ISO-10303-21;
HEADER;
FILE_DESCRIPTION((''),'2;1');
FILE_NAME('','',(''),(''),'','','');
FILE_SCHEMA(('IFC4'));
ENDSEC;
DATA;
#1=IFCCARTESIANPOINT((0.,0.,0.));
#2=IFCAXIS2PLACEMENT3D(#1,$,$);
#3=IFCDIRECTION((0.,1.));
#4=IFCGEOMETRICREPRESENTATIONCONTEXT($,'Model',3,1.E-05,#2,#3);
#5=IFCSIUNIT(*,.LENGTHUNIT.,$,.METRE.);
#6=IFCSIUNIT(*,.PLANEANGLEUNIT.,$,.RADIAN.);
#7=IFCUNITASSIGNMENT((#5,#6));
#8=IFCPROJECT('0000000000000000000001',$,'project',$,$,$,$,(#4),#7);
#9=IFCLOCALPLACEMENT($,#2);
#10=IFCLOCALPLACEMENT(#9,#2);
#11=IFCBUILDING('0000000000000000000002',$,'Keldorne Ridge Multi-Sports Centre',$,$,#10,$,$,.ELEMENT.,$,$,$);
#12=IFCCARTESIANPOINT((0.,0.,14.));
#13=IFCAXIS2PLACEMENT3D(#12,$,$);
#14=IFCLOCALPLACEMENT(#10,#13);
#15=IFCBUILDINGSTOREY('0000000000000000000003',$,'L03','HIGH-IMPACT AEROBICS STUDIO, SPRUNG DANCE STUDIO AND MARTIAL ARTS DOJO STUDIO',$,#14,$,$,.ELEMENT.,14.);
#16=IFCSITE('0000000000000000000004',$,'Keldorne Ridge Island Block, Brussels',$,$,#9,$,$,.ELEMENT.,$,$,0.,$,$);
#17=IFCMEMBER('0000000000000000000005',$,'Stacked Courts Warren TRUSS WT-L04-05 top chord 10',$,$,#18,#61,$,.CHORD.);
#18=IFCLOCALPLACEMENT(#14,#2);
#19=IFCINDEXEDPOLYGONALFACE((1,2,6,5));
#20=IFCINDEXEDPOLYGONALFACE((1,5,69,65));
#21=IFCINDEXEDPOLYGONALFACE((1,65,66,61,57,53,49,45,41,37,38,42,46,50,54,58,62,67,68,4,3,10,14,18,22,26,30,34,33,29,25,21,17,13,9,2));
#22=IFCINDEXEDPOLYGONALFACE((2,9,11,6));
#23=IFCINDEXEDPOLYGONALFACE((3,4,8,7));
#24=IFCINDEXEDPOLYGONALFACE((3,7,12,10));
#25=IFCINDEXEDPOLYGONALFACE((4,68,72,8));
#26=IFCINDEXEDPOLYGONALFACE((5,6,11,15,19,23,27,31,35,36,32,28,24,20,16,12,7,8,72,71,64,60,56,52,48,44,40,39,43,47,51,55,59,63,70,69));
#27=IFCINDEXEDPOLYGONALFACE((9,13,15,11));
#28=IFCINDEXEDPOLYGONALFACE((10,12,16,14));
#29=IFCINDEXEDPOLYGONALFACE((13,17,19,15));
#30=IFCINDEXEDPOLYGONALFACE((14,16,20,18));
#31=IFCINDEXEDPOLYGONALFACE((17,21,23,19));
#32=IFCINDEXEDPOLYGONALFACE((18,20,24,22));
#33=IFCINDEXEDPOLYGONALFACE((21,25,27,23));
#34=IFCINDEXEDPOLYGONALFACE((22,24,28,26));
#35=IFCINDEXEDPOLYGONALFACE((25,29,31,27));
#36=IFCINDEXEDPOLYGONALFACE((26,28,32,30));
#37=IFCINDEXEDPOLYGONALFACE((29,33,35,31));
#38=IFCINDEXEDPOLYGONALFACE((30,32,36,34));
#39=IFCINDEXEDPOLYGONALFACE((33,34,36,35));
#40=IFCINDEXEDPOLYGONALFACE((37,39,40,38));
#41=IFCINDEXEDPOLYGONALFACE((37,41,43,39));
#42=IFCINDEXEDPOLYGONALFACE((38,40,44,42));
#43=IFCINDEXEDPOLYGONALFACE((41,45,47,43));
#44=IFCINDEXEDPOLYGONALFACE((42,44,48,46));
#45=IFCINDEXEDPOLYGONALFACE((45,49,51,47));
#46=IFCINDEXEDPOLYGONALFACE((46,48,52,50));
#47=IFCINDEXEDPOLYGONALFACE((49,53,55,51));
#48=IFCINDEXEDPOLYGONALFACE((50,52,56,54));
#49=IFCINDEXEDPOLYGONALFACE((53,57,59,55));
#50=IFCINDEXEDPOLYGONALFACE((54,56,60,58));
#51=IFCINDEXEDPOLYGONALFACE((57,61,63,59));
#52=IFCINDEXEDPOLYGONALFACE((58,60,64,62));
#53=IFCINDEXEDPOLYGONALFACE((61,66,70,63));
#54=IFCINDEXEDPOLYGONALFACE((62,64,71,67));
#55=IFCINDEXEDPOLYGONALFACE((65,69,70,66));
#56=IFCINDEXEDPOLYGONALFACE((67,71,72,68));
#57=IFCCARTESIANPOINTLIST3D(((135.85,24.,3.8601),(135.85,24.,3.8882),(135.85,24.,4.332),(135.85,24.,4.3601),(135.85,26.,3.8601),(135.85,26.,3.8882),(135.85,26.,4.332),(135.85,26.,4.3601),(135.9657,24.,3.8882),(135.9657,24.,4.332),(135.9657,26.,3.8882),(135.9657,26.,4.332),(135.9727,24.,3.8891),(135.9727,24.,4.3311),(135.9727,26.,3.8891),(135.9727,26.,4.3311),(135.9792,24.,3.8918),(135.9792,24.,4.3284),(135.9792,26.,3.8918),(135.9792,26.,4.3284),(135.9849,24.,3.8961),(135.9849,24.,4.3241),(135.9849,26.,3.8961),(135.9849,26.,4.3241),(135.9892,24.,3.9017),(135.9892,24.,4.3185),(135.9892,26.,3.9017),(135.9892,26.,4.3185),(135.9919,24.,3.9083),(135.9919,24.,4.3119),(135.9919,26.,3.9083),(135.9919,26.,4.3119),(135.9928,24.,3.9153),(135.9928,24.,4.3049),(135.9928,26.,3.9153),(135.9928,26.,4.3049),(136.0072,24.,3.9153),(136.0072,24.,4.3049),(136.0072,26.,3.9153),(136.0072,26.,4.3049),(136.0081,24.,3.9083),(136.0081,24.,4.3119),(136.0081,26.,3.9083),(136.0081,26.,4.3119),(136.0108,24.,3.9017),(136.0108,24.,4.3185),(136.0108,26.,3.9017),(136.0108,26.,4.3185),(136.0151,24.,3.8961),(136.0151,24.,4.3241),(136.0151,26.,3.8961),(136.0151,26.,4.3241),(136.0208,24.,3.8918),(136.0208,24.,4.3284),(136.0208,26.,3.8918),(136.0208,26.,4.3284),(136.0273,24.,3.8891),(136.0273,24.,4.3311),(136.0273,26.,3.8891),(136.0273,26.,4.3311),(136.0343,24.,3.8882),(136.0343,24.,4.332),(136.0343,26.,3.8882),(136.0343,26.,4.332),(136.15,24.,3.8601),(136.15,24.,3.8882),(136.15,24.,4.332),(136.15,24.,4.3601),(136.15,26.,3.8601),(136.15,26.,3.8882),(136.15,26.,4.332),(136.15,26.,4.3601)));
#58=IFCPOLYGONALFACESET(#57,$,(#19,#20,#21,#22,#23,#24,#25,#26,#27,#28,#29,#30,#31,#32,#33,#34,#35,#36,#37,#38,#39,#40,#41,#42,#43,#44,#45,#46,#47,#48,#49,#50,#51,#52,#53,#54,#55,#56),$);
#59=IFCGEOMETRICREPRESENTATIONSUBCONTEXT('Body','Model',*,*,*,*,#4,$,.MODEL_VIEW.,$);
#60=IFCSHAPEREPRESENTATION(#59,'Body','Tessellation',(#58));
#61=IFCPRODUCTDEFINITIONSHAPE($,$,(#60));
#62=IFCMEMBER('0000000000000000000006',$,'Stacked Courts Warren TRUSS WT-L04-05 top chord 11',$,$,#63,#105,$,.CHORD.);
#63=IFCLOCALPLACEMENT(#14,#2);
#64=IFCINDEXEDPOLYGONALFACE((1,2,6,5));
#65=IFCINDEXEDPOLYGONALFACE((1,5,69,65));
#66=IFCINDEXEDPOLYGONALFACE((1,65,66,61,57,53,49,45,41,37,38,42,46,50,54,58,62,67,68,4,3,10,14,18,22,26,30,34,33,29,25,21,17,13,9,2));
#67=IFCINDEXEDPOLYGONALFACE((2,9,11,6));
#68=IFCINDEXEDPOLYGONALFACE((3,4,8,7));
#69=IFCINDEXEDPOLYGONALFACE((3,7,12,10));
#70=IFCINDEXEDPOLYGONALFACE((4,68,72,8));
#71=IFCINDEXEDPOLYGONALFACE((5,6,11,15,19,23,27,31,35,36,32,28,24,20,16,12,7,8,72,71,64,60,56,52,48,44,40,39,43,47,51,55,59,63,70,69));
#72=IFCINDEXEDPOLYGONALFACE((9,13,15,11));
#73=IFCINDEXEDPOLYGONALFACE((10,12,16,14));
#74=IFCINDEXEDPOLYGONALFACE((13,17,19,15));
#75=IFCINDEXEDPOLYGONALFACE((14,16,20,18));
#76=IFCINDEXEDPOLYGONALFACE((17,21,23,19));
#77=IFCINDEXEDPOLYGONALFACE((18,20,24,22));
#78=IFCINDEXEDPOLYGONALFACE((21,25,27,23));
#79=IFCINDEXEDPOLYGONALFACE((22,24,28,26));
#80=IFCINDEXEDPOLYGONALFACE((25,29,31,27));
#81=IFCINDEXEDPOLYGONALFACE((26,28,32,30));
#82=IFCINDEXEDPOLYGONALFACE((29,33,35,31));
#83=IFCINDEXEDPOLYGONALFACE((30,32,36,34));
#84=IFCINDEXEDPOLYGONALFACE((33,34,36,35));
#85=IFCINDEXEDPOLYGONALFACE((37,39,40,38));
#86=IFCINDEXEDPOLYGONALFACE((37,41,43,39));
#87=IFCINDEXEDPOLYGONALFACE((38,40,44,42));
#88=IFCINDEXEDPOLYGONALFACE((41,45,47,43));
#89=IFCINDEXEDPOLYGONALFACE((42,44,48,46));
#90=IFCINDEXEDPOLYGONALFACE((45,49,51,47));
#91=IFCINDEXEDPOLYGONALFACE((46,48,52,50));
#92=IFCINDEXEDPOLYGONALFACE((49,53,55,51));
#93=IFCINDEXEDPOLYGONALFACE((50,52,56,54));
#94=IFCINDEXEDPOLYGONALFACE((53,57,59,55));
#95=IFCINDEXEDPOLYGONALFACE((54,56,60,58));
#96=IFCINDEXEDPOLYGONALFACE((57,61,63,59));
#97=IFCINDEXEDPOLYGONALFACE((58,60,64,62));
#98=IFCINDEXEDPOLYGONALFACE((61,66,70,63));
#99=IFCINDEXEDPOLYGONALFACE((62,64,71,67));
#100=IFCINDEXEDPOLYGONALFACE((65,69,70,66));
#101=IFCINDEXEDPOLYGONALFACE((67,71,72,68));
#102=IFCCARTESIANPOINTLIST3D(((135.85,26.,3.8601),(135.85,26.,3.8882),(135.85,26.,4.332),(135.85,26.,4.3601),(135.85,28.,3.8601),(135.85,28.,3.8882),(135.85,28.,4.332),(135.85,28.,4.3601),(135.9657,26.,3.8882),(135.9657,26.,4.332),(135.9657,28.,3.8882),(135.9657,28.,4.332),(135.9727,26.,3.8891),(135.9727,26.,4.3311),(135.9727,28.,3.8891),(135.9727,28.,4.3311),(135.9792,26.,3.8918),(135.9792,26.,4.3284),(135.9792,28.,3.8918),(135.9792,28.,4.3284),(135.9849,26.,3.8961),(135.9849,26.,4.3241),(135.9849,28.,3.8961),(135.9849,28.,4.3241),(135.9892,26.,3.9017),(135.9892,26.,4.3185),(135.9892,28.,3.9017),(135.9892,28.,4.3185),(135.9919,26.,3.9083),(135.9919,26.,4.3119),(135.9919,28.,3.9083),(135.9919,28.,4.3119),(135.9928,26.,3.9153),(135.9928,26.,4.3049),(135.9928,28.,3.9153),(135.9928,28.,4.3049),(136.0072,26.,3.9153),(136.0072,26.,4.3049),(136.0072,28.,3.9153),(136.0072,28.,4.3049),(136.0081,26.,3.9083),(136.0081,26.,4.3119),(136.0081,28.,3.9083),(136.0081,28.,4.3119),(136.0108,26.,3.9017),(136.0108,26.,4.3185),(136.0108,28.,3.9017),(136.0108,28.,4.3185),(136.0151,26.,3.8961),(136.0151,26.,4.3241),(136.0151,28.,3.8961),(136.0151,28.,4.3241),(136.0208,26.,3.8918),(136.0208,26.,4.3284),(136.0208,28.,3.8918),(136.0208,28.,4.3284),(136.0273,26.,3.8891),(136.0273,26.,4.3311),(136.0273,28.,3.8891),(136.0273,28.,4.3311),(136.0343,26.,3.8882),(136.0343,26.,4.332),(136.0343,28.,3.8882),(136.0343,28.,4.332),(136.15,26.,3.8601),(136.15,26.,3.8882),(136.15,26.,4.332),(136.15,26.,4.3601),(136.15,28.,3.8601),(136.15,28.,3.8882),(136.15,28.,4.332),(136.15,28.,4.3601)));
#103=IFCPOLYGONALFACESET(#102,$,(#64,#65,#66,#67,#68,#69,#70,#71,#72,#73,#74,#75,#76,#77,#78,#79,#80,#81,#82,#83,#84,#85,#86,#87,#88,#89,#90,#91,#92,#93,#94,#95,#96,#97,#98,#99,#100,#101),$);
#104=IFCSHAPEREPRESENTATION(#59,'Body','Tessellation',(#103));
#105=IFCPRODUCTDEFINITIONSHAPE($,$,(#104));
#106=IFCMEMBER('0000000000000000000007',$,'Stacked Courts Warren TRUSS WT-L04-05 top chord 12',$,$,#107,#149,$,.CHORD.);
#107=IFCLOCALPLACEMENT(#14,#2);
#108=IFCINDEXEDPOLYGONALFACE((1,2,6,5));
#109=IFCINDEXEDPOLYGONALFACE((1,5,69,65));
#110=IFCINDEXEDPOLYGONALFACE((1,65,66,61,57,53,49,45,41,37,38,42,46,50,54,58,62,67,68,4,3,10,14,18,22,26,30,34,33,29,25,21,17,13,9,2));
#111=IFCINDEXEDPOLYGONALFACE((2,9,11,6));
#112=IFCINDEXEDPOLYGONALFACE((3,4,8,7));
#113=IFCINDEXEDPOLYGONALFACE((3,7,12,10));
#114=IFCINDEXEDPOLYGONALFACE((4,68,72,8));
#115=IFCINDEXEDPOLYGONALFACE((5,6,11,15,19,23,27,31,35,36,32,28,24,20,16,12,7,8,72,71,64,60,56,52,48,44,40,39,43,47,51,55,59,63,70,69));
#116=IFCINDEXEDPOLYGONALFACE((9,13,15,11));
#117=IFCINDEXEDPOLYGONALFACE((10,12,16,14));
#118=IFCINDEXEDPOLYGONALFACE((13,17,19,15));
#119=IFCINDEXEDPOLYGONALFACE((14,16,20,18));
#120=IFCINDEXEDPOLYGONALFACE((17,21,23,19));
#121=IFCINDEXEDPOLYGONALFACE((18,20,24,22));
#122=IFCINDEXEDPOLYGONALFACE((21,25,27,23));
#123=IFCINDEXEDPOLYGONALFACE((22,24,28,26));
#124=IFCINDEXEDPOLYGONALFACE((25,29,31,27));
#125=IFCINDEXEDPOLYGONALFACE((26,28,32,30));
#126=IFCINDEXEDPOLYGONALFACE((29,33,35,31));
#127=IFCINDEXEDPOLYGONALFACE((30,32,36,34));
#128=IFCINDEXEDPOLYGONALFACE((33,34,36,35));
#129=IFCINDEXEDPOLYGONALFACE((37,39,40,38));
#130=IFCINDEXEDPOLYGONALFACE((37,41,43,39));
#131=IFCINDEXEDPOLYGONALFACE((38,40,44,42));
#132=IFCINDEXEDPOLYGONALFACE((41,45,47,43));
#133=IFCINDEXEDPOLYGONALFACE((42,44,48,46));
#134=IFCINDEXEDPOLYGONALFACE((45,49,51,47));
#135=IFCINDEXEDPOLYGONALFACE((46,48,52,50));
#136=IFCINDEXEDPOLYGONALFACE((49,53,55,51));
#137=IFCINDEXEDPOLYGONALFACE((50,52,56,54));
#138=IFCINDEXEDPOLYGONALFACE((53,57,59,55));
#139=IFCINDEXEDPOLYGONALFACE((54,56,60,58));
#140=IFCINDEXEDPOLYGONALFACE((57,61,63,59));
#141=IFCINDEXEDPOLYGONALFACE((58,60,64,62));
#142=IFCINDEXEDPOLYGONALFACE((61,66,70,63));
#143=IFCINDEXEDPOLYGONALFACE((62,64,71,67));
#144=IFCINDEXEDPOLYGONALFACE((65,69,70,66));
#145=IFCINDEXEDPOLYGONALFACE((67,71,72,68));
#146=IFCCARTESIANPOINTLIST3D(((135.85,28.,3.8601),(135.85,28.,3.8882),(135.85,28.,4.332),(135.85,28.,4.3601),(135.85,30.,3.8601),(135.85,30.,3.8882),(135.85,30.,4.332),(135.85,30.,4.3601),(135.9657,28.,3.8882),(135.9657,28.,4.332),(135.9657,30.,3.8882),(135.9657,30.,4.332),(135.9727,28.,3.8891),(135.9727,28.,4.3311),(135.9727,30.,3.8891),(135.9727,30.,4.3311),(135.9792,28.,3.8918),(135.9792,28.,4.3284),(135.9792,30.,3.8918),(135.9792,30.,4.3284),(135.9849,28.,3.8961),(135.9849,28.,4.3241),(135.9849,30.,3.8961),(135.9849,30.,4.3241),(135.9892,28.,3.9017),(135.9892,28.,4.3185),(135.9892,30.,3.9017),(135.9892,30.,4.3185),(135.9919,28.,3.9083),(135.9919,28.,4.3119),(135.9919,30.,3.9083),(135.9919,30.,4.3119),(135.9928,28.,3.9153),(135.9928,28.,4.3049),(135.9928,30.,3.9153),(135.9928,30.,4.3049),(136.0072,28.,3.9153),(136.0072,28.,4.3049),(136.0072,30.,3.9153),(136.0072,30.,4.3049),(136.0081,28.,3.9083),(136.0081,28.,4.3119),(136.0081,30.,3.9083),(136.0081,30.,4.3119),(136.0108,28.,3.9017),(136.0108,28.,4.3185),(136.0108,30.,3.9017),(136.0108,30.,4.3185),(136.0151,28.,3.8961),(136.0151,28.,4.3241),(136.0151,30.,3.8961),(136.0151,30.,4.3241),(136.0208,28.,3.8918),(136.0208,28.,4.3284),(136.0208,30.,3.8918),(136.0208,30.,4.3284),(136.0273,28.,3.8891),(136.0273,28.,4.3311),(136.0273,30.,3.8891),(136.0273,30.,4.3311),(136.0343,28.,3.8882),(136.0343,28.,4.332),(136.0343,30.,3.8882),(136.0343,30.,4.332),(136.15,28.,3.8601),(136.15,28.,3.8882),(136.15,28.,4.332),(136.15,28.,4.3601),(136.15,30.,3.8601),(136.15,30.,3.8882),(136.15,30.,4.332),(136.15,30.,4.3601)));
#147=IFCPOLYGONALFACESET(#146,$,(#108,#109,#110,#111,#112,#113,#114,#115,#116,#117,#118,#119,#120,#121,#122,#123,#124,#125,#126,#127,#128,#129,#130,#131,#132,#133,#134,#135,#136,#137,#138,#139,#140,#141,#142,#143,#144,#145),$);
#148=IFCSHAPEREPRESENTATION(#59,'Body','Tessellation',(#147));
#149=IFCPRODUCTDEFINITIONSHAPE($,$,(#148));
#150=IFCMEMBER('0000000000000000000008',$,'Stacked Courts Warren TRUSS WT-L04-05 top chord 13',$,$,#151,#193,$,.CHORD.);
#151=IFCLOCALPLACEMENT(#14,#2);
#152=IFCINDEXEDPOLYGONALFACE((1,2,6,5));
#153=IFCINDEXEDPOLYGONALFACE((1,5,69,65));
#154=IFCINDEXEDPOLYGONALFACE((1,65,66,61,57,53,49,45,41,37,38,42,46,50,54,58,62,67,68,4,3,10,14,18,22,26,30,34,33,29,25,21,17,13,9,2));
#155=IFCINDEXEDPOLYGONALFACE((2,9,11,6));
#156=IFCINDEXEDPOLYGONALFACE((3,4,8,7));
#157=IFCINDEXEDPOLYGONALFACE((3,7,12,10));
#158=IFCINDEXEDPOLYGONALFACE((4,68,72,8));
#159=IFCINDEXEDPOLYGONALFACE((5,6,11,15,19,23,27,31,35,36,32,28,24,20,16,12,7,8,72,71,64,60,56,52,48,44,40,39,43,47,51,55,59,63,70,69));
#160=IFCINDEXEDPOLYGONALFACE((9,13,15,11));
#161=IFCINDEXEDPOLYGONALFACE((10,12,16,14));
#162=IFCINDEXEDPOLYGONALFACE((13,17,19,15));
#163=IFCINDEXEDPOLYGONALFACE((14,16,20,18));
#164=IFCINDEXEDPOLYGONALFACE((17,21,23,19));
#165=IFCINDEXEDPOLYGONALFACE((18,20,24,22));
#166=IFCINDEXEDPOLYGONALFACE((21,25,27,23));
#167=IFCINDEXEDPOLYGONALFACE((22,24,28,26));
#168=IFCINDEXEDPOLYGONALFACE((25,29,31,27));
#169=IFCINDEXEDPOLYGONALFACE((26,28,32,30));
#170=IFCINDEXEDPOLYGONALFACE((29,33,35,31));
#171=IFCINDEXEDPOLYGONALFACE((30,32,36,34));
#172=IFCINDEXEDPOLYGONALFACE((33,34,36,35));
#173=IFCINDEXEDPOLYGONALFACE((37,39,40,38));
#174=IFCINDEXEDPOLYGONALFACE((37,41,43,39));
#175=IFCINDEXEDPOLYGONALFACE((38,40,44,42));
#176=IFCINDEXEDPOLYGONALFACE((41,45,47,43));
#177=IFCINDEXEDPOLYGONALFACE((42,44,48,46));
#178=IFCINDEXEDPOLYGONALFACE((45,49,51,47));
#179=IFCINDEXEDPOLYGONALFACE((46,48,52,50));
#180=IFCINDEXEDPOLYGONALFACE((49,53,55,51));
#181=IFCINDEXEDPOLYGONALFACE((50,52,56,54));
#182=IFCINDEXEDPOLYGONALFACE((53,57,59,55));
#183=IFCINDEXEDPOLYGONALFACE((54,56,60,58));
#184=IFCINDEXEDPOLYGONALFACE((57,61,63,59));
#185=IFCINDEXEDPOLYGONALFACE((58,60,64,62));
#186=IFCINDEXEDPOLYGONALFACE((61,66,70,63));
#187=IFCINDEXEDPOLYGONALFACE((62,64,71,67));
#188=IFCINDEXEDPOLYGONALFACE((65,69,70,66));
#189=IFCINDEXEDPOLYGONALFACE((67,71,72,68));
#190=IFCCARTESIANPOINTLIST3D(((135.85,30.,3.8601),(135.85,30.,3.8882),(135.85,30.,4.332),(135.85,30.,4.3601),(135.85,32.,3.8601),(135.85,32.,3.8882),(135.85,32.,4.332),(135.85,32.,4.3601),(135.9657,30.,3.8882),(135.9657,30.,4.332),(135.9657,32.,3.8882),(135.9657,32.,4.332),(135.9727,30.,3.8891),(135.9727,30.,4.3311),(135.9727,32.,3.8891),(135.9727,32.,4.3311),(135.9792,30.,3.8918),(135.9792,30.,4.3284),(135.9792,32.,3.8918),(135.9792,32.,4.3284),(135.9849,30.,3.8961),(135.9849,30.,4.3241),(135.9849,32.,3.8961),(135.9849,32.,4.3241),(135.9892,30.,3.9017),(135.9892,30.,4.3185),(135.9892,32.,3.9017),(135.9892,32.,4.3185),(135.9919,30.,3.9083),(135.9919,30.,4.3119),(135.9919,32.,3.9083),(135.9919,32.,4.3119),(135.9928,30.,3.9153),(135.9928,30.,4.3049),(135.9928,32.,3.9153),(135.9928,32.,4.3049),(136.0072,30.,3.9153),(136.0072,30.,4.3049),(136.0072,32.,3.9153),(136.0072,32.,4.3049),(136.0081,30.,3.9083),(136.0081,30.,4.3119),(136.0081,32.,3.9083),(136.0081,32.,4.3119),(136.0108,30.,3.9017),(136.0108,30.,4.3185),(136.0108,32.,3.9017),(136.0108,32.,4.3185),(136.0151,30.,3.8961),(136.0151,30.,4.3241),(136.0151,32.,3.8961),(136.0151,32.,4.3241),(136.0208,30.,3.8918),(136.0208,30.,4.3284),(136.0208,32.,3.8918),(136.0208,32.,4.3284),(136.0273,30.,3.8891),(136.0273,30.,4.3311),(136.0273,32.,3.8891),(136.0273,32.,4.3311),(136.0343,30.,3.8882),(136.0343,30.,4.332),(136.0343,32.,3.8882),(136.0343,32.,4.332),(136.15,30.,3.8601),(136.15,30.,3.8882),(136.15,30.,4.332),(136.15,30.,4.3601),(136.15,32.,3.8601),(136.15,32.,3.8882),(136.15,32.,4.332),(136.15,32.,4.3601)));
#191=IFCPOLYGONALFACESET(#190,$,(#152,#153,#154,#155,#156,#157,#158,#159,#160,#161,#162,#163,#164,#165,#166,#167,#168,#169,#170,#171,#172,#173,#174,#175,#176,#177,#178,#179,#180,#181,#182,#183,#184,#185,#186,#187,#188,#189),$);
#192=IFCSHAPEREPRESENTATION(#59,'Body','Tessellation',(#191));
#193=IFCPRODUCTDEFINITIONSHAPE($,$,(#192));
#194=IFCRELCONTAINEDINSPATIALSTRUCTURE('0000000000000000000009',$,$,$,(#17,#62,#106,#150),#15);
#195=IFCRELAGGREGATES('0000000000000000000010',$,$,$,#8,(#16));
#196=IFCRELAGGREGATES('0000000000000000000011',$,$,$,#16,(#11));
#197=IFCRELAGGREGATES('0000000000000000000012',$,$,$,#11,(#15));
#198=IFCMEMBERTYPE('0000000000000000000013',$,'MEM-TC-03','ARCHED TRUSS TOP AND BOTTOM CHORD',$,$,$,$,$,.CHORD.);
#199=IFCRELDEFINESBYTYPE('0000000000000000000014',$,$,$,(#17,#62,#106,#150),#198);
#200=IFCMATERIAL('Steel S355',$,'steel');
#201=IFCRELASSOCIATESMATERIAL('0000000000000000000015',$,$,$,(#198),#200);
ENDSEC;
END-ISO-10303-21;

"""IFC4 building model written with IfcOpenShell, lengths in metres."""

from ifc_helpers import new_model, si_unit, direction, frame, origin, origin_2d, place, context, subcontext, project, spatial, i_section, extrude, material, material_profile, profile_set, type_object, element, save


model = new_model("IFC4")

# Units and contexts
model_context = context("Model", 3, precision=1e-05, world=origin(), true_north=direction((0.0, 1.0)))
body_context = subcontext(model_context, "Body", "Model", "MODEL_VIEW")
ifc_project = project(units=[si_unit("LENGTHUNIT", "METRE"), si_unit("PLANEANGLEUNIT", "RADIAN")], contexts=[model_context])

# Site, building, storey
site_placement = place(None, origin())
site = spatial("IfcSite", under=ifc_project, at=site_placement, Name="Keldorne Ridge Island Block, Brussels", CompositionType="ELEMENT", RefElevation=0.0)
building_placement = place(site_placement, origin())
building = spatial("IfcBuilding", under=site, at=building_placement, Name="Keldorne Ridge Multi-Sports Centre", CompositionType="ELEMENT")
storey_placement = place(building_placement, frame((0.0, 0.0, 14.0)))
storey = spatial("IfcBuildingStorey", under=building, at=storey_placement, Name="L03", Description="HIGH-IMPACT AEROBICS STUDIO, SPRUNG DANCE STUDIO AND MARTIAL ARTS DOJO STUDIO", CompositionType="ELEMENT", Elevation=14.0)

# Members
ifc_material = material(Name="Steel S355", Category="steel")
ifc_material_profile_1 = material_profile(ifc_material, i_section(OverallWidth=0.3, OverallDepth=0.5, WebThickness=0.0144, FlangeThickness=0.0281, FilletRadius=0.0271, at=origin_2d()), Name="HEB 500")
ifc_profile_set_1 = profile_set([ifc_material_profile_1], Name="Steel S355")
member_type_1 = type_object("IfcMemberType", Name="MEM-TC-03", Description="ARCHED TRUSS TOP AND BOTTOM CHORD", PredefinedType="CHORD", material=ifc_profile_set_1)
for number, where, z_axis, x_axis, name in (
    (1, (136.0, 24.0, 4.1101), (0.0, 1.0, 0.0), (-1.0, 0.0, 0.0), "Stacked Courts Warren TRUSS WT-L04-05 top chord 10"),
    (2, (136.0, 26.0, 4.1101), (0.0, 1.0, 0.0), (-1.0, 0.0, 0.0), "Stacked Courts Warren TRUSS WT-L04-05 top chord 11"),
    (3, (136.0, 28.0, 4.1101), (0.0, 1.0, 0.0), (-1.0, 0.0, 0.0), "Stacked Courts Warren TRUSS WT-L04-05 top chord 12"),
    (4, (136.0, 30.0, 4.1101), (0.0, 1.0, 0.0), (-1.0, 0.0, 0.0), "Stacked Courts Warren TRUSS WT-L04-05 top chord 13"),
):
    element("IfcMember", number, at=place(storey_placement, frame(where, z_axis=z_axis, x_axis=x_axis)), inside=storey, type_object=member_type_1, Name=name, PredefinedType="CHORD", context=body_context, shape_type="SweptSolid", body=[
        extrude(i_section(OverallWidth=0.3, OverallDepth=0.5, WebThickness=0.0144, FlangeThickness=0.0281, FilletRadius=0.0271, at=origin_2d()), origin(), (0.0, 0.0, 1.0), 2.0),
    ])

save(model, "model.ifc")
